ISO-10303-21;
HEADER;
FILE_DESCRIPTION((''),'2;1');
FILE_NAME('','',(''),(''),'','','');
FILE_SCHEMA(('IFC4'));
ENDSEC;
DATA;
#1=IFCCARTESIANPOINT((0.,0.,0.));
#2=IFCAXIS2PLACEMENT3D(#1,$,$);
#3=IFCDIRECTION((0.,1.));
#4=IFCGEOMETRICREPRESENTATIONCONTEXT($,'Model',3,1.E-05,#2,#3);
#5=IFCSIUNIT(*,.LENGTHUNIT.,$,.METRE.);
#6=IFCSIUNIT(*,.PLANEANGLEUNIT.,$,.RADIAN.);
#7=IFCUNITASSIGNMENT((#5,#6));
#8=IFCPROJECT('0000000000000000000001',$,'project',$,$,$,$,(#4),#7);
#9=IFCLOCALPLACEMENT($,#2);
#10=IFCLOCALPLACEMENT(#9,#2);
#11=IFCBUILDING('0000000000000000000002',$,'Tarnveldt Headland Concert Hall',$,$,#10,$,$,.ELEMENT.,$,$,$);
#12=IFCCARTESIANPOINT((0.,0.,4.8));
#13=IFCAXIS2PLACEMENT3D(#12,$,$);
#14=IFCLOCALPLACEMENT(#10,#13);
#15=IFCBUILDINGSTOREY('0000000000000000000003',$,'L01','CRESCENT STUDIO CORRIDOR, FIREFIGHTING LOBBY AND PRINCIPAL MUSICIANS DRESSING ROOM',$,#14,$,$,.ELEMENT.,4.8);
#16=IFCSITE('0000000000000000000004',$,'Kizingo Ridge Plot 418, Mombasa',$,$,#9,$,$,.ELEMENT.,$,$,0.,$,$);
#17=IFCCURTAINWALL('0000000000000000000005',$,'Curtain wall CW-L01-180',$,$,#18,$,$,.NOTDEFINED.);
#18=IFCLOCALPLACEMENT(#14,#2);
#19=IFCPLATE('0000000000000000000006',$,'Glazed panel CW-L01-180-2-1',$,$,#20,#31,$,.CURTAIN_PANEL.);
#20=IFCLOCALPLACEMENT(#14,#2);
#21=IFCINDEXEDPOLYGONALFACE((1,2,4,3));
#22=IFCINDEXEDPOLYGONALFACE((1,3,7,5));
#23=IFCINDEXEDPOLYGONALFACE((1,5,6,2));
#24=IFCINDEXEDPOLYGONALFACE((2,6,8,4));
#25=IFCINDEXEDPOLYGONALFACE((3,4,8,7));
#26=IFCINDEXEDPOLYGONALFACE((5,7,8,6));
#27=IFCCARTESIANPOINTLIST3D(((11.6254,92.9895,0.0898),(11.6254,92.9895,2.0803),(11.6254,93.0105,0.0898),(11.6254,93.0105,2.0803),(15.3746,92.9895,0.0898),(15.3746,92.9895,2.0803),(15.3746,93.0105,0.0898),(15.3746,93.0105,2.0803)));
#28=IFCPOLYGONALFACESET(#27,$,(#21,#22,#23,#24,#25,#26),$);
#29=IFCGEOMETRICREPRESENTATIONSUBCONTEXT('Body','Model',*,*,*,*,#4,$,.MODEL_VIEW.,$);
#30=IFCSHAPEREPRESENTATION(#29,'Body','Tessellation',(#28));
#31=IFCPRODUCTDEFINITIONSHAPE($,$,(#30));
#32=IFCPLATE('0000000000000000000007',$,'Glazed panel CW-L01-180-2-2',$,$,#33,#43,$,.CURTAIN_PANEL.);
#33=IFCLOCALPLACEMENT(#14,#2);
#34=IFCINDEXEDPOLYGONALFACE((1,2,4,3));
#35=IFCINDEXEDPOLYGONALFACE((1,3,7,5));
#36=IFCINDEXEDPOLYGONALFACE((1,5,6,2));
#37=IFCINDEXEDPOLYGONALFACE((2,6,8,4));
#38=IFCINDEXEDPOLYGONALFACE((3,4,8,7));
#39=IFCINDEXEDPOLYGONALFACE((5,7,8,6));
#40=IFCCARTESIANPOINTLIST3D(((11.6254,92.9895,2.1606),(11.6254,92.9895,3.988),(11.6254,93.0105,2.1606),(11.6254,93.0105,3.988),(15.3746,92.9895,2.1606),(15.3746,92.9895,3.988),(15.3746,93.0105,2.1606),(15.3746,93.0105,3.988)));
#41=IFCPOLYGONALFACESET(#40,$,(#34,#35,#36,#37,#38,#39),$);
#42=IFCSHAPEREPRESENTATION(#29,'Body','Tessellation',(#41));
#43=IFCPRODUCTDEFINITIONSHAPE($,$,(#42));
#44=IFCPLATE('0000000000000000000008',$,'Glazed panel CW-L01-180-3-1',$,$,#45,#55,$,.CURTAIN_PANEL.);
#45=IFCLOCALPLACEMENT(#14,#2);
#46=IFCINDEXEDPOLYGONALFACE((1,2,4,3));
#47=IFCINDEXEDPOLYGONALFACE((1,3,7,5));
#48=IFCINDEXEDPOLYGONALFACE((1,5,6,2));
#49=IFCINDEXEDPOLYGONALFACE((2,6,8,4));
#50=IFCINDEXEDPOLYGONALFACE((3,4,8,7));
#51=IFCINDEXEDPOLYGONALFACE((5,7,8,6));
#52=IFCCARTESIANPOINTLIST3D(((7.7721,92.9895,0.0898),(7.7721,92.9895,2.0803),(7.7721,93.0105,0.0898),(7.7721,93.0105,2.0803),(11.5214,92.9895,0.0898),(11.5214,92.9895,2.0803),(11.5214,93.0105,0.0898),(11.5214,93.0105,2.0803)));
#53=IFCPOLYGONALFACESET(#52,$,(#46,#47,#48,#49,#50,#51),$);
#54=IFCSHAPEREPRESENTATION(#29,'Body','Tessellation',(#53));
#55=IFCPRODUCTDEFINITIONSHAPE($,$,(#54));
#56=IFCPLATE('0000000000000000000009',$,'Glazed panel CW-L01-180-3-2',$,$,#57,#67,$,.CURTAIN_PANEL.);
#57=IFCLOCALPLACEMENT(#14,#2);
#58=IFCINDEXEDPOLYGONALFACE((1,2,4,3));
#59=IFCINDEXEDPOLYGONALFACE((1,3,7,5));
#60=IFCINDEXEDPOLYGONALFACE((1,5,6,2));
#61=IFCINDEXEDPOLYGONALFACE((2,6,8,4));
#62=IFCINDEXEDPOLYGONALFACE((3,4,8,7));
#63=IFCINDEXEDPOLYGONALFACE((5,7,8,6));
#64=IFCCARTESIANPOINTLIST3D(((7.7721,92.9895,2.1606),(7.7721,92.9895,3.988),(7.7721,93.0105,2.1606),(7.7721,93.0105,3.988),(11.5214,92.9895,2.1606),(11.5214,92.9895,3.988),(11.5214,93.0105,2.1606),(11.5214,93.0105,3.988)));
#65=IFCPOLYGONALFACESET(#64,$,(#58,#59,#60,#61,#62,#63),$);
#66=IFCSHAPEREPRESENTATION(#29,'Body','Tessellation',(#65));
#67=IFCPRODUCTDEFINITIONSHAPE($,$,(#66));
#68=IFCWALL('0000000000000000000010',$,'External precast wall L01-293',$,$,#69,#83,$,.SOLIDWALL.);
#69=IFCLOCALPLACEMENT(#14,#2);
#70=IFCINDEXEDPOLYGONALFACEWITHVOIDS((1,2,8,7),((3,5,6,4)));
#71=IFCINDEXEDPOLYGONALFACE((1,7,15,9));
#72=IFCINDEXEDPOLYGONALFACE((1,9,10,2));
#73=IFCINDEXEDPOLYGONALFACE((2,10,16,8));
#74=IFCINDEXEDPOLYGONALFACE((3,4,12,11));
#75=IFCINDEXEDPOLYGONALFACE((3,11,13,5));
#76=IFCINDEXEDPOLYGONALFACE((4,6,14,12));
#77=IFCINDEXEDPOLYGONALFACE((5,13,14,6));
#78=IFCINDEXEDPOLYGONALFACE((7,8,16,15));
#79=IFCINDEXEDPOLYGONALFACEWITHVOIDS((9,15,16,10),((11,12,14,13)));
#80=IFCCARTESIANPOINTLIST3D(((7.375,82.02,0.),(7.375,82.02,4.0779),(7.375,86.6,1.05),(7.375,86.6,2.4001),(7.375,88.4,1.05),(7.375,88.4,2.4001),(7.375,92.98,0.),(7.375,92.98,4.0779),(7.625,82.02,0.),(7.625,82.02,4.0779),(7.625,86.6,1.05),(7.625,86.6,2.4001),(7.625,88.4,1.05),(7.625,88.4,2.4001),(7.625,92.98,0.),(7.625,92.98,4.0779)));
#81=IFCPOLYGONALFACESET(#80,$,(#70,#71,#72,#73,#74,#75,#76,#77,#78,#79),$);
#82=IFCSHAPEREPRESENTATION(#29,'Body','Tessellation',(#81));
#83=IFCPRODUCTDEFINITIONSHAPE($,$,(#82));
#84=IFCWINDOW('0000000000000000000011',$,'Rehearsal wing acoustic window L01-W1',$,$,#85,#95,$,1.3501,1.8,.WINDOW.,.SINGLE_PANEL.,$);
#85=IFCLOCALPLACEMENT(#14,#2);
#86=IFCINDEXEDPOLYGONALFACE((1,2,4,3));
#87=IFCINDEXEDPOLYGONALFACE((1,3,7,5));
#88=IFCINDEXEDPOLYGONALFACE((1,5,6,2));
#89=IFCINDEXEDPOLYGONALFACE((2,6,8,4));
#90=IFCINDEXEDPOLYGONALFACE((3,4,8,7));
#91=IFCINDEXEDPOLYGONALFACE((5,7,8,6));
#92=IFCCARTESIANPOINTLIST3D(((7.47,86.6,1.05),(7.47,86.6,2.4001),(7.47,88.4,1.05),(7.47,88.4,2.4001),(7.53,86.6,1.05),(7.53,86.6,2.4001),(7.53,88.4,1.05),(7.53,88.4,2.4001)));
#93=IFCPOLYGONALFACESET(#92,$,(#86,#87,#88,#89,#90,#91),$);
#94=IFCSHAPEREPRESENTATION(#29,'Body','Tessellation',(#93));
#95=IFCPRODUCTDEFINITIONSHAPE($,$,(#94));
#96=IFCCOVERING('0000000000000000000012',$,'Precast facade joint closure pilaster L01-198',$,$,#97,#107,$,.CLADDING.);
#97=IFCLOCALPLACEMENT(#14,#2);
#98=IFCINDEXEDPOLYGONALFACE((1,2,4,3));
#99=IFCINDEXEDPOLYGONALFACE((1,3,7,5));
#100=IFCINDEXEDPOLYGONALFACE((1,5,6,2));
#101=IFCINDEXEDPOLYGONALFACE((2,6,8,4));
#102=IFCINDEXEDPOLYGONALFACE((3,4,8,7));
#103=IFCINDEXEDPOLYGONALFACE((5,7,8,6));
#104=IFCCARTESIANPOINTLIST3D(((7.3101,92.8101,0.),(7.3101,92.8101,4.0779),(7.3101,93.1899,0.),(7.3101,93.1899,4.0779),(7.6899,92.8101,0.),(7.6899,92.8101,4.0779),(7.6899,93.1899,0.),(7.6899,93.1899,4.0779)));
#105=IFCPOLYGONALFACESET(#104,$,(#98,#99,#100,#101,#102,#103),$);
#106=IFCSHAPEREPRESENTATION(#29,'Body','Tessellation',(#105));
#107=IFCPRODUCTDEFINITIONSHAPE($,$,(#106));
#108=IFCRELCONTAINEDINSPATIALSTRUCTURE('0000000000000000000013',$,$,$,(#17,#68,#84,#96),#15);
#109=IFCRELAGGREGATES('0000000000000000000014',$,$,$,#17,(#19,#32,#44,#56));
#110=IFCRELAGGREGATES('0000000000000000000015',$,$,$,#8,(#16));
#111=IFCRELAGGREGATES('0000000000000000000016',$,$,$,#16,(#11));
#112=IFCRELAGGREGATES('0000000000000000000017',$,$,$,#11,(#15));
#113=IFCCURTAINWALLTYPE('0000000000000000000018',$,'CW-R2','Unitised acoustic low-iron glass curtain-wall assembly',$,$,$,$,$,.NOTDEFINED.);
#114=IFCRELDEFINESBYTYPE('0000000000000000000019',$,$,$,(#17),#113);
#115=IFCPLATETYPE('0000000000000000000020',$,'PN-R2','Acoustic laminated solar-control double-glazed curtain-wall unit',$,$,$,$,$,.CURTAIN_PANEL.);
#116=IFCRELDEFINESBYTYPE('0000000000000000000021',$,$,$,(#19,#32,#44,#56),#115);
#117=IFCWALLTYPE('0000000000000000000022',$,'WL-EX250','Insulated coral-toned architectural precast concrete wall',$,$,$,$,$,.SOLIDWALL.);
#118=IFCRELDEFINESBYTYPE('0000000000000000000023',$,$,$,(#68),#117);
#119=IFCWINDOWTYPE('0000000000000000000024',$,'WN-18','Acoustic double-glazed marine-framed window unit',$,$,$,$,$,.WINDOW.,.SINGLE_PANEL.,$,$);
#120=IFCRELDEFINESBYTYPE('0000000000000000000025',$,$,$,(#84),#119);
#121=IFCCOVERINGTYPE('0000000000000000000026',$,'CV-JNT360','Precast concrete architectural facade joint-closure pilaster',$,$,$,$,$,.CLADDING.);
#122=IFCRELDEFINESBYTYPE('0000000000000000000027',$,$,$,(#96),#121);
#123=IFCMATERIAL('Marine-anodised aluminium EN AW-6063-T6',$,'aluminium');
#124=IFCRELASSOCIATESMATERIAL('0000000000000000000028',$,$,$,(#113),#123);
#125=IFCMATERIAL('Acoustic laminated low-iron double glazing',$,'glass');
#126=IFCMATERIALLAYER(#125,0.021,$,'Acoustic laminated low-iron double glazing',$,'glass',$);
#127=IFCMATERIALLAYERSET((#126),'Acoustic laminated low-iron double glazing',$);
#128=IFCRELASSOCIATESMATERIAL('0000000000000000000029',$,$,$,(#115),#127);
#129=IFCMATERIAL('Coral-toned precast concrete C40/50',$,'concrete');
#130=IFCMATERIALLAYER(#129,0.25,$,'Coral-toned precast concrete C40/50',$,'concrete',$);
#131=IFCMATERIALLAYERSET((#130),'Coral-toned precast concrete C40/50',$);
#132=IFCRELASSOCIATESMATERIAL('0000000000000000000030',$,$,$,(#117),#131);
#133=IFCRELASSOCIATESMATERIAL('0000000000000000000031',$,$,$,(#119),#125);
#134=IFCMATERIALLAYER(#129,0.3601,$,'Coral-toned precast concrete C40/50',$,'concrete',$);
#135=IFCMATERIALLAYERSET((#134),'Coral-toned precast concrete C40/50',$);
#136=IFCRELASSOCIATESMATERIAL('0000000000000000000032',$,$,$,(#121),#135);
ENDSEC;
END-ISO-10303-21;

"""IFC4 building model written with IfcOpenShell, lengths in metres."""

from ifc_helpers import new_model, si_unit, direction, frame, frame_2d, origin, origin_2d, place, context, subcontext, project, spatial, rectangle, extrude, material, layer, layer_set, type_object, element, fill, aggregate, save


model = new_model("IFC4")

# Units and contexts
model_context = context("Model", 3, precision=1e-05, world=origin(), true_north=direction((0.0, 1.0)))
body_context = subcontext(model_context, "Body", "Model", "MODEL_VIEW")
ifc_project = project(units=[si_unit("LENGTHUNIT", "METRE"), si_unit("PLANEANGLEUNIT", "RADIAN")], contexts=[model_context])

# Site, building, storey
site_placement = place(None, origin())
site = spatial("IfcSite", under=ifc_project, at=site_placement, Name="Kizingo Ridge Plot 418, Mombasa", CompositionType="ELEMENT", RefElevation=0.0)
building_placement = place(site_placement, origin())
building = spatial("IfcBuilding", under=site, at=building_placement, Name="Tarnveldt Headland Concert Hall", CompositionType="ELEMENT")
storey_placement = place(building_placement, frame((0.0, 0.0, 4.8)))
storey = spatial("IfcBuildingStorey", under=building, at=storey_placement, Name="L01", Description="CRESCENT STUDIO CORRIDOR, FIREFIGHTING LOBBY AND PRINCIPAL MUSICIANS DRESSING ROOM", CompositionType="ELEMENT", Elevation=4.8)

# Curtain wall
ifc_material_1 = material(Name="Marine-anodised aluminium EN AW-6063-T6", Category="aluminium")
curtain_wall_type = type_object("IfcCurtainWallType", Name="CW-R2", Description="Unitised acoustic low-iron glass curtain-wall assembly", PredefinedType="NOTDEFINED", material=ifc_material_1)
curtain_wall_placement = place(storey_placement, origin())
curtain_wall = element("IfcCurtainWall", 1, at=curtain_wall_placement, inside=storey, type_object=curtain_wall_type, Name="Curtain wall CW-L01-180", PredefinedType="NOTDEFINED")

# Plates
ifc_material_2 = material(Name="Acoustic laminated low-iron double glazing", Category="glass")
ifc_layer_1 = layer(ifc_material_2, 0.021, Name="Acoustic laminated low-iron double glazing", Category="glass")
ifc_layer_set_1 = layer_set([ifc_layer_1], Name="Acoustic laminated low-iron double glazing")
plate_type = type_object("IfcPlateType", Name="PN-R2", Description="Acoustic laminated solar-control double-glazed curtain-wall unit", PredefinedType="CURTAIN_PANEL", material=ifc_layer_set_1)
plate_1_placement = place(storey_placement, frame((13.5, 93.0, 0.0898), z_axis=(0.0, 0.0, 1.0), x_axis=(-1.0, 0.0, 0.0)))
plate_1 = element("IfcPlate", 2, at=plate_1_placement, type_object=plate_type, Name="Glazed panel CW-L01-180-2-1", PredefinedType="CURTAIN_PANEL", context=body_context, shape_type="SweptSolid", body=[
    extrude(rectangle(XDim=3.7493, YDim=0.021, at=origin_2d()), origin(), (0.0, 0.0, 1.0), 1.9905),
])
plate_2_placement = place(storey_placement, frame((13.5, 93.0, 2.1606), z_axis=(0.0, 0.0, 1.0), x_axis=(-1.0, 0.0, 0.0)))
plate_2 = element("IfcPlate", 3, at=plate_2_placement, type_object=plate_type, Name="Glazed panel CW-L01-180-2-2", PredefinedType="CURTAIN_PANEL", context=body_context, shape_type="SweptSolid", body=[
    extrude(rectangle(XDim=3.7493, YDim=0.021, at=origin_2d()), origin(), (0.0, 0.0, 1.0), 1.8274),
])
plate_3_placement = place(storey_placement, frame((9.6467, 93.0, 0.0898), z_axis=(0.0, 0.0, 1.0), x_axis=(-1.0, 0.0, 0.0)))
plate_3 = element("IfcPlate", 4, at=plate_3_placement, type_object=plate_type, Name="Glazed panel CW-L01-180-3-1", PredefinedType="CURTAIN_PANEL", context=body_context, shape_type="SweptSolid", body=[
    extrude(rectangle(XDim=3.7493, YDim=0.021, at=origin_2d()), origin(), (0.0, 0.0, 1.0), 1.9905),
])
plate_4_placement = place(storey_placement, frame((9.6467, 93.0, 2.1606), z_axis=(0.0, 0.0, 1.0), x_axis=(-1.0, 0.0, 0.0)))
plate_4 = element("IfcPlate", 5, at=plate_4_placement, type_object=plate_type, Name="Glazed panel CW-L01-180-3-2", PredefinedType="CURTAIN_PANEL", context=body_context, shape_type="SweptSolid", body=[
    extrude(rectangle(XDim=3.7493, YDim=0.021, at=origin_2d()), origin(), (0.0, 0.0, 1.0), 1.8274),
])
aggregate(curtain_wall, [plate_1, plate_2, plate_3, plate_4])

# Wall, opening, window
ifc_material_3 = material(Name="Coral-toned precast concrete C40/50", Category="concrete")
ifc_layer_2 = layer(ifc_material_3, 0.25, Name="Coral-toned precast concrete C40/50", Category="concrete")
ifc_layer_set_2 = layer_set([ifc_layer_2], Name="Coral-toned precast concrete C40/50")
wall_type = type_object("IfcWallType", Name="WL-EX250", Description="Insulated coral-toned architectural precast concrete wall", PredefinedType="SOLIDWALL", material=ifc_layer_set_2)
wall_placement = place(storey_placement, frame((7.5, 82.02, 0.0), z_axis=(0.0, 0.0, 1.0), x_axis=(0.0, 1.0, 0.0)))
wall = element("IfcWall", 6, at=wall_placement, inside=storey, type_object=wall_type, Name="External precast wall L01-293", PredefinedType="SOLIDWALL", context=body_context, shape_type="SweptSolid", body=[
    extrude(rectangle(XDim=10.96, YDim=0.25, at=frame_2d((5.48, 0.0))), origin(), (0.0, 0.0, 1.0), 4.0779),
])
opening_placement = place(wall_placement, frame((4.5801, 0.0, 1.05)))
opening = element("IfcOpeningElement", 7, at=opening_placement, cuts=wall, PredefinedType="OPENING", context=body_context, shape_type="SweptSolid", body=[
    extrude(rectangle(XDim=1.8, YDim=1.3501, at=frame_2d((0.8999, 0.675))), frame((0.0, 0.135, 0.0), z_axis=(0.0, -1.0, 0.0), x_axis=(1.0, 0.0, 0.0)), (0.0, 0.0, 1.0), 0.27),
])
window_type = type_object("IfcWindowType", Name="WN-18", Description="Acoustic double-glazed marine-framed window unit", PartitioningType="SINGLE_PANEL", PredefinedType="WINDOW", material=ifc_material_2)
window_placement = place(opening_placement, origin())
window = element("IfcWindow", 8, at=window_placement, inside=storey, type_object=window_type, Name="Rehearsal wing acoustic window L01-W1", OverallHeight=1.3501, OverallWidth=1.8, PartitioningType="SINGLE_PANEL", PredefinedType="WINDOW", context=body_context, shape_type="SweptSolid", body=[
    extrude(rectangle(XDim=1.8, YDim=1.3501, at=frame_2d((0.8999, 0.675))), frame((0.0, 0.03, 0.0), z_axis=(0.0, -1.0, 0.0), x_axis=(1.0, 0.0, 0.0)), (0.0, 0.0, 1.0), 0.0601),
])
fill(opening, window)

# Covering
ifc_layer_3 = layer(ifc_material_3, 0.3601, Name="Coral-toned precast concrete C40/50", Category="concrete")
ifc_layer_set_3 = layer_set([ifc_layer_3], Name="Coral-toned precast concrete C40/50")
covering_type = type_object("IfcCoveringType", Name="CV-JNT360", Description="Precast concrete architectural facade joint-closure pilaster", PredefinedType="CLADDING", material=ifc_layer_set_3)
covering_placement = place(storey_placement, frame((7.5, 93.0, 0.0), z_axis=(0.0, 0.0, 1.0), x_axis=(0.0, 1.0, 0.0)))
element("IfcCovering", 9, at=covering_placement, inside=storey, type_object=covering_type, Name="Precast facade joint closure pilaster L01-198", PredefinedType="CLADDING", context=body_context, shape_type="SweptSolid", body=[
    extrude(rectangle(XDim=0.3799, YDim=0.3799, at=origin_2d()), origin(), (0.0, 0.0, 1.0), 4.0779),
])

save(model, "model.ifc")
